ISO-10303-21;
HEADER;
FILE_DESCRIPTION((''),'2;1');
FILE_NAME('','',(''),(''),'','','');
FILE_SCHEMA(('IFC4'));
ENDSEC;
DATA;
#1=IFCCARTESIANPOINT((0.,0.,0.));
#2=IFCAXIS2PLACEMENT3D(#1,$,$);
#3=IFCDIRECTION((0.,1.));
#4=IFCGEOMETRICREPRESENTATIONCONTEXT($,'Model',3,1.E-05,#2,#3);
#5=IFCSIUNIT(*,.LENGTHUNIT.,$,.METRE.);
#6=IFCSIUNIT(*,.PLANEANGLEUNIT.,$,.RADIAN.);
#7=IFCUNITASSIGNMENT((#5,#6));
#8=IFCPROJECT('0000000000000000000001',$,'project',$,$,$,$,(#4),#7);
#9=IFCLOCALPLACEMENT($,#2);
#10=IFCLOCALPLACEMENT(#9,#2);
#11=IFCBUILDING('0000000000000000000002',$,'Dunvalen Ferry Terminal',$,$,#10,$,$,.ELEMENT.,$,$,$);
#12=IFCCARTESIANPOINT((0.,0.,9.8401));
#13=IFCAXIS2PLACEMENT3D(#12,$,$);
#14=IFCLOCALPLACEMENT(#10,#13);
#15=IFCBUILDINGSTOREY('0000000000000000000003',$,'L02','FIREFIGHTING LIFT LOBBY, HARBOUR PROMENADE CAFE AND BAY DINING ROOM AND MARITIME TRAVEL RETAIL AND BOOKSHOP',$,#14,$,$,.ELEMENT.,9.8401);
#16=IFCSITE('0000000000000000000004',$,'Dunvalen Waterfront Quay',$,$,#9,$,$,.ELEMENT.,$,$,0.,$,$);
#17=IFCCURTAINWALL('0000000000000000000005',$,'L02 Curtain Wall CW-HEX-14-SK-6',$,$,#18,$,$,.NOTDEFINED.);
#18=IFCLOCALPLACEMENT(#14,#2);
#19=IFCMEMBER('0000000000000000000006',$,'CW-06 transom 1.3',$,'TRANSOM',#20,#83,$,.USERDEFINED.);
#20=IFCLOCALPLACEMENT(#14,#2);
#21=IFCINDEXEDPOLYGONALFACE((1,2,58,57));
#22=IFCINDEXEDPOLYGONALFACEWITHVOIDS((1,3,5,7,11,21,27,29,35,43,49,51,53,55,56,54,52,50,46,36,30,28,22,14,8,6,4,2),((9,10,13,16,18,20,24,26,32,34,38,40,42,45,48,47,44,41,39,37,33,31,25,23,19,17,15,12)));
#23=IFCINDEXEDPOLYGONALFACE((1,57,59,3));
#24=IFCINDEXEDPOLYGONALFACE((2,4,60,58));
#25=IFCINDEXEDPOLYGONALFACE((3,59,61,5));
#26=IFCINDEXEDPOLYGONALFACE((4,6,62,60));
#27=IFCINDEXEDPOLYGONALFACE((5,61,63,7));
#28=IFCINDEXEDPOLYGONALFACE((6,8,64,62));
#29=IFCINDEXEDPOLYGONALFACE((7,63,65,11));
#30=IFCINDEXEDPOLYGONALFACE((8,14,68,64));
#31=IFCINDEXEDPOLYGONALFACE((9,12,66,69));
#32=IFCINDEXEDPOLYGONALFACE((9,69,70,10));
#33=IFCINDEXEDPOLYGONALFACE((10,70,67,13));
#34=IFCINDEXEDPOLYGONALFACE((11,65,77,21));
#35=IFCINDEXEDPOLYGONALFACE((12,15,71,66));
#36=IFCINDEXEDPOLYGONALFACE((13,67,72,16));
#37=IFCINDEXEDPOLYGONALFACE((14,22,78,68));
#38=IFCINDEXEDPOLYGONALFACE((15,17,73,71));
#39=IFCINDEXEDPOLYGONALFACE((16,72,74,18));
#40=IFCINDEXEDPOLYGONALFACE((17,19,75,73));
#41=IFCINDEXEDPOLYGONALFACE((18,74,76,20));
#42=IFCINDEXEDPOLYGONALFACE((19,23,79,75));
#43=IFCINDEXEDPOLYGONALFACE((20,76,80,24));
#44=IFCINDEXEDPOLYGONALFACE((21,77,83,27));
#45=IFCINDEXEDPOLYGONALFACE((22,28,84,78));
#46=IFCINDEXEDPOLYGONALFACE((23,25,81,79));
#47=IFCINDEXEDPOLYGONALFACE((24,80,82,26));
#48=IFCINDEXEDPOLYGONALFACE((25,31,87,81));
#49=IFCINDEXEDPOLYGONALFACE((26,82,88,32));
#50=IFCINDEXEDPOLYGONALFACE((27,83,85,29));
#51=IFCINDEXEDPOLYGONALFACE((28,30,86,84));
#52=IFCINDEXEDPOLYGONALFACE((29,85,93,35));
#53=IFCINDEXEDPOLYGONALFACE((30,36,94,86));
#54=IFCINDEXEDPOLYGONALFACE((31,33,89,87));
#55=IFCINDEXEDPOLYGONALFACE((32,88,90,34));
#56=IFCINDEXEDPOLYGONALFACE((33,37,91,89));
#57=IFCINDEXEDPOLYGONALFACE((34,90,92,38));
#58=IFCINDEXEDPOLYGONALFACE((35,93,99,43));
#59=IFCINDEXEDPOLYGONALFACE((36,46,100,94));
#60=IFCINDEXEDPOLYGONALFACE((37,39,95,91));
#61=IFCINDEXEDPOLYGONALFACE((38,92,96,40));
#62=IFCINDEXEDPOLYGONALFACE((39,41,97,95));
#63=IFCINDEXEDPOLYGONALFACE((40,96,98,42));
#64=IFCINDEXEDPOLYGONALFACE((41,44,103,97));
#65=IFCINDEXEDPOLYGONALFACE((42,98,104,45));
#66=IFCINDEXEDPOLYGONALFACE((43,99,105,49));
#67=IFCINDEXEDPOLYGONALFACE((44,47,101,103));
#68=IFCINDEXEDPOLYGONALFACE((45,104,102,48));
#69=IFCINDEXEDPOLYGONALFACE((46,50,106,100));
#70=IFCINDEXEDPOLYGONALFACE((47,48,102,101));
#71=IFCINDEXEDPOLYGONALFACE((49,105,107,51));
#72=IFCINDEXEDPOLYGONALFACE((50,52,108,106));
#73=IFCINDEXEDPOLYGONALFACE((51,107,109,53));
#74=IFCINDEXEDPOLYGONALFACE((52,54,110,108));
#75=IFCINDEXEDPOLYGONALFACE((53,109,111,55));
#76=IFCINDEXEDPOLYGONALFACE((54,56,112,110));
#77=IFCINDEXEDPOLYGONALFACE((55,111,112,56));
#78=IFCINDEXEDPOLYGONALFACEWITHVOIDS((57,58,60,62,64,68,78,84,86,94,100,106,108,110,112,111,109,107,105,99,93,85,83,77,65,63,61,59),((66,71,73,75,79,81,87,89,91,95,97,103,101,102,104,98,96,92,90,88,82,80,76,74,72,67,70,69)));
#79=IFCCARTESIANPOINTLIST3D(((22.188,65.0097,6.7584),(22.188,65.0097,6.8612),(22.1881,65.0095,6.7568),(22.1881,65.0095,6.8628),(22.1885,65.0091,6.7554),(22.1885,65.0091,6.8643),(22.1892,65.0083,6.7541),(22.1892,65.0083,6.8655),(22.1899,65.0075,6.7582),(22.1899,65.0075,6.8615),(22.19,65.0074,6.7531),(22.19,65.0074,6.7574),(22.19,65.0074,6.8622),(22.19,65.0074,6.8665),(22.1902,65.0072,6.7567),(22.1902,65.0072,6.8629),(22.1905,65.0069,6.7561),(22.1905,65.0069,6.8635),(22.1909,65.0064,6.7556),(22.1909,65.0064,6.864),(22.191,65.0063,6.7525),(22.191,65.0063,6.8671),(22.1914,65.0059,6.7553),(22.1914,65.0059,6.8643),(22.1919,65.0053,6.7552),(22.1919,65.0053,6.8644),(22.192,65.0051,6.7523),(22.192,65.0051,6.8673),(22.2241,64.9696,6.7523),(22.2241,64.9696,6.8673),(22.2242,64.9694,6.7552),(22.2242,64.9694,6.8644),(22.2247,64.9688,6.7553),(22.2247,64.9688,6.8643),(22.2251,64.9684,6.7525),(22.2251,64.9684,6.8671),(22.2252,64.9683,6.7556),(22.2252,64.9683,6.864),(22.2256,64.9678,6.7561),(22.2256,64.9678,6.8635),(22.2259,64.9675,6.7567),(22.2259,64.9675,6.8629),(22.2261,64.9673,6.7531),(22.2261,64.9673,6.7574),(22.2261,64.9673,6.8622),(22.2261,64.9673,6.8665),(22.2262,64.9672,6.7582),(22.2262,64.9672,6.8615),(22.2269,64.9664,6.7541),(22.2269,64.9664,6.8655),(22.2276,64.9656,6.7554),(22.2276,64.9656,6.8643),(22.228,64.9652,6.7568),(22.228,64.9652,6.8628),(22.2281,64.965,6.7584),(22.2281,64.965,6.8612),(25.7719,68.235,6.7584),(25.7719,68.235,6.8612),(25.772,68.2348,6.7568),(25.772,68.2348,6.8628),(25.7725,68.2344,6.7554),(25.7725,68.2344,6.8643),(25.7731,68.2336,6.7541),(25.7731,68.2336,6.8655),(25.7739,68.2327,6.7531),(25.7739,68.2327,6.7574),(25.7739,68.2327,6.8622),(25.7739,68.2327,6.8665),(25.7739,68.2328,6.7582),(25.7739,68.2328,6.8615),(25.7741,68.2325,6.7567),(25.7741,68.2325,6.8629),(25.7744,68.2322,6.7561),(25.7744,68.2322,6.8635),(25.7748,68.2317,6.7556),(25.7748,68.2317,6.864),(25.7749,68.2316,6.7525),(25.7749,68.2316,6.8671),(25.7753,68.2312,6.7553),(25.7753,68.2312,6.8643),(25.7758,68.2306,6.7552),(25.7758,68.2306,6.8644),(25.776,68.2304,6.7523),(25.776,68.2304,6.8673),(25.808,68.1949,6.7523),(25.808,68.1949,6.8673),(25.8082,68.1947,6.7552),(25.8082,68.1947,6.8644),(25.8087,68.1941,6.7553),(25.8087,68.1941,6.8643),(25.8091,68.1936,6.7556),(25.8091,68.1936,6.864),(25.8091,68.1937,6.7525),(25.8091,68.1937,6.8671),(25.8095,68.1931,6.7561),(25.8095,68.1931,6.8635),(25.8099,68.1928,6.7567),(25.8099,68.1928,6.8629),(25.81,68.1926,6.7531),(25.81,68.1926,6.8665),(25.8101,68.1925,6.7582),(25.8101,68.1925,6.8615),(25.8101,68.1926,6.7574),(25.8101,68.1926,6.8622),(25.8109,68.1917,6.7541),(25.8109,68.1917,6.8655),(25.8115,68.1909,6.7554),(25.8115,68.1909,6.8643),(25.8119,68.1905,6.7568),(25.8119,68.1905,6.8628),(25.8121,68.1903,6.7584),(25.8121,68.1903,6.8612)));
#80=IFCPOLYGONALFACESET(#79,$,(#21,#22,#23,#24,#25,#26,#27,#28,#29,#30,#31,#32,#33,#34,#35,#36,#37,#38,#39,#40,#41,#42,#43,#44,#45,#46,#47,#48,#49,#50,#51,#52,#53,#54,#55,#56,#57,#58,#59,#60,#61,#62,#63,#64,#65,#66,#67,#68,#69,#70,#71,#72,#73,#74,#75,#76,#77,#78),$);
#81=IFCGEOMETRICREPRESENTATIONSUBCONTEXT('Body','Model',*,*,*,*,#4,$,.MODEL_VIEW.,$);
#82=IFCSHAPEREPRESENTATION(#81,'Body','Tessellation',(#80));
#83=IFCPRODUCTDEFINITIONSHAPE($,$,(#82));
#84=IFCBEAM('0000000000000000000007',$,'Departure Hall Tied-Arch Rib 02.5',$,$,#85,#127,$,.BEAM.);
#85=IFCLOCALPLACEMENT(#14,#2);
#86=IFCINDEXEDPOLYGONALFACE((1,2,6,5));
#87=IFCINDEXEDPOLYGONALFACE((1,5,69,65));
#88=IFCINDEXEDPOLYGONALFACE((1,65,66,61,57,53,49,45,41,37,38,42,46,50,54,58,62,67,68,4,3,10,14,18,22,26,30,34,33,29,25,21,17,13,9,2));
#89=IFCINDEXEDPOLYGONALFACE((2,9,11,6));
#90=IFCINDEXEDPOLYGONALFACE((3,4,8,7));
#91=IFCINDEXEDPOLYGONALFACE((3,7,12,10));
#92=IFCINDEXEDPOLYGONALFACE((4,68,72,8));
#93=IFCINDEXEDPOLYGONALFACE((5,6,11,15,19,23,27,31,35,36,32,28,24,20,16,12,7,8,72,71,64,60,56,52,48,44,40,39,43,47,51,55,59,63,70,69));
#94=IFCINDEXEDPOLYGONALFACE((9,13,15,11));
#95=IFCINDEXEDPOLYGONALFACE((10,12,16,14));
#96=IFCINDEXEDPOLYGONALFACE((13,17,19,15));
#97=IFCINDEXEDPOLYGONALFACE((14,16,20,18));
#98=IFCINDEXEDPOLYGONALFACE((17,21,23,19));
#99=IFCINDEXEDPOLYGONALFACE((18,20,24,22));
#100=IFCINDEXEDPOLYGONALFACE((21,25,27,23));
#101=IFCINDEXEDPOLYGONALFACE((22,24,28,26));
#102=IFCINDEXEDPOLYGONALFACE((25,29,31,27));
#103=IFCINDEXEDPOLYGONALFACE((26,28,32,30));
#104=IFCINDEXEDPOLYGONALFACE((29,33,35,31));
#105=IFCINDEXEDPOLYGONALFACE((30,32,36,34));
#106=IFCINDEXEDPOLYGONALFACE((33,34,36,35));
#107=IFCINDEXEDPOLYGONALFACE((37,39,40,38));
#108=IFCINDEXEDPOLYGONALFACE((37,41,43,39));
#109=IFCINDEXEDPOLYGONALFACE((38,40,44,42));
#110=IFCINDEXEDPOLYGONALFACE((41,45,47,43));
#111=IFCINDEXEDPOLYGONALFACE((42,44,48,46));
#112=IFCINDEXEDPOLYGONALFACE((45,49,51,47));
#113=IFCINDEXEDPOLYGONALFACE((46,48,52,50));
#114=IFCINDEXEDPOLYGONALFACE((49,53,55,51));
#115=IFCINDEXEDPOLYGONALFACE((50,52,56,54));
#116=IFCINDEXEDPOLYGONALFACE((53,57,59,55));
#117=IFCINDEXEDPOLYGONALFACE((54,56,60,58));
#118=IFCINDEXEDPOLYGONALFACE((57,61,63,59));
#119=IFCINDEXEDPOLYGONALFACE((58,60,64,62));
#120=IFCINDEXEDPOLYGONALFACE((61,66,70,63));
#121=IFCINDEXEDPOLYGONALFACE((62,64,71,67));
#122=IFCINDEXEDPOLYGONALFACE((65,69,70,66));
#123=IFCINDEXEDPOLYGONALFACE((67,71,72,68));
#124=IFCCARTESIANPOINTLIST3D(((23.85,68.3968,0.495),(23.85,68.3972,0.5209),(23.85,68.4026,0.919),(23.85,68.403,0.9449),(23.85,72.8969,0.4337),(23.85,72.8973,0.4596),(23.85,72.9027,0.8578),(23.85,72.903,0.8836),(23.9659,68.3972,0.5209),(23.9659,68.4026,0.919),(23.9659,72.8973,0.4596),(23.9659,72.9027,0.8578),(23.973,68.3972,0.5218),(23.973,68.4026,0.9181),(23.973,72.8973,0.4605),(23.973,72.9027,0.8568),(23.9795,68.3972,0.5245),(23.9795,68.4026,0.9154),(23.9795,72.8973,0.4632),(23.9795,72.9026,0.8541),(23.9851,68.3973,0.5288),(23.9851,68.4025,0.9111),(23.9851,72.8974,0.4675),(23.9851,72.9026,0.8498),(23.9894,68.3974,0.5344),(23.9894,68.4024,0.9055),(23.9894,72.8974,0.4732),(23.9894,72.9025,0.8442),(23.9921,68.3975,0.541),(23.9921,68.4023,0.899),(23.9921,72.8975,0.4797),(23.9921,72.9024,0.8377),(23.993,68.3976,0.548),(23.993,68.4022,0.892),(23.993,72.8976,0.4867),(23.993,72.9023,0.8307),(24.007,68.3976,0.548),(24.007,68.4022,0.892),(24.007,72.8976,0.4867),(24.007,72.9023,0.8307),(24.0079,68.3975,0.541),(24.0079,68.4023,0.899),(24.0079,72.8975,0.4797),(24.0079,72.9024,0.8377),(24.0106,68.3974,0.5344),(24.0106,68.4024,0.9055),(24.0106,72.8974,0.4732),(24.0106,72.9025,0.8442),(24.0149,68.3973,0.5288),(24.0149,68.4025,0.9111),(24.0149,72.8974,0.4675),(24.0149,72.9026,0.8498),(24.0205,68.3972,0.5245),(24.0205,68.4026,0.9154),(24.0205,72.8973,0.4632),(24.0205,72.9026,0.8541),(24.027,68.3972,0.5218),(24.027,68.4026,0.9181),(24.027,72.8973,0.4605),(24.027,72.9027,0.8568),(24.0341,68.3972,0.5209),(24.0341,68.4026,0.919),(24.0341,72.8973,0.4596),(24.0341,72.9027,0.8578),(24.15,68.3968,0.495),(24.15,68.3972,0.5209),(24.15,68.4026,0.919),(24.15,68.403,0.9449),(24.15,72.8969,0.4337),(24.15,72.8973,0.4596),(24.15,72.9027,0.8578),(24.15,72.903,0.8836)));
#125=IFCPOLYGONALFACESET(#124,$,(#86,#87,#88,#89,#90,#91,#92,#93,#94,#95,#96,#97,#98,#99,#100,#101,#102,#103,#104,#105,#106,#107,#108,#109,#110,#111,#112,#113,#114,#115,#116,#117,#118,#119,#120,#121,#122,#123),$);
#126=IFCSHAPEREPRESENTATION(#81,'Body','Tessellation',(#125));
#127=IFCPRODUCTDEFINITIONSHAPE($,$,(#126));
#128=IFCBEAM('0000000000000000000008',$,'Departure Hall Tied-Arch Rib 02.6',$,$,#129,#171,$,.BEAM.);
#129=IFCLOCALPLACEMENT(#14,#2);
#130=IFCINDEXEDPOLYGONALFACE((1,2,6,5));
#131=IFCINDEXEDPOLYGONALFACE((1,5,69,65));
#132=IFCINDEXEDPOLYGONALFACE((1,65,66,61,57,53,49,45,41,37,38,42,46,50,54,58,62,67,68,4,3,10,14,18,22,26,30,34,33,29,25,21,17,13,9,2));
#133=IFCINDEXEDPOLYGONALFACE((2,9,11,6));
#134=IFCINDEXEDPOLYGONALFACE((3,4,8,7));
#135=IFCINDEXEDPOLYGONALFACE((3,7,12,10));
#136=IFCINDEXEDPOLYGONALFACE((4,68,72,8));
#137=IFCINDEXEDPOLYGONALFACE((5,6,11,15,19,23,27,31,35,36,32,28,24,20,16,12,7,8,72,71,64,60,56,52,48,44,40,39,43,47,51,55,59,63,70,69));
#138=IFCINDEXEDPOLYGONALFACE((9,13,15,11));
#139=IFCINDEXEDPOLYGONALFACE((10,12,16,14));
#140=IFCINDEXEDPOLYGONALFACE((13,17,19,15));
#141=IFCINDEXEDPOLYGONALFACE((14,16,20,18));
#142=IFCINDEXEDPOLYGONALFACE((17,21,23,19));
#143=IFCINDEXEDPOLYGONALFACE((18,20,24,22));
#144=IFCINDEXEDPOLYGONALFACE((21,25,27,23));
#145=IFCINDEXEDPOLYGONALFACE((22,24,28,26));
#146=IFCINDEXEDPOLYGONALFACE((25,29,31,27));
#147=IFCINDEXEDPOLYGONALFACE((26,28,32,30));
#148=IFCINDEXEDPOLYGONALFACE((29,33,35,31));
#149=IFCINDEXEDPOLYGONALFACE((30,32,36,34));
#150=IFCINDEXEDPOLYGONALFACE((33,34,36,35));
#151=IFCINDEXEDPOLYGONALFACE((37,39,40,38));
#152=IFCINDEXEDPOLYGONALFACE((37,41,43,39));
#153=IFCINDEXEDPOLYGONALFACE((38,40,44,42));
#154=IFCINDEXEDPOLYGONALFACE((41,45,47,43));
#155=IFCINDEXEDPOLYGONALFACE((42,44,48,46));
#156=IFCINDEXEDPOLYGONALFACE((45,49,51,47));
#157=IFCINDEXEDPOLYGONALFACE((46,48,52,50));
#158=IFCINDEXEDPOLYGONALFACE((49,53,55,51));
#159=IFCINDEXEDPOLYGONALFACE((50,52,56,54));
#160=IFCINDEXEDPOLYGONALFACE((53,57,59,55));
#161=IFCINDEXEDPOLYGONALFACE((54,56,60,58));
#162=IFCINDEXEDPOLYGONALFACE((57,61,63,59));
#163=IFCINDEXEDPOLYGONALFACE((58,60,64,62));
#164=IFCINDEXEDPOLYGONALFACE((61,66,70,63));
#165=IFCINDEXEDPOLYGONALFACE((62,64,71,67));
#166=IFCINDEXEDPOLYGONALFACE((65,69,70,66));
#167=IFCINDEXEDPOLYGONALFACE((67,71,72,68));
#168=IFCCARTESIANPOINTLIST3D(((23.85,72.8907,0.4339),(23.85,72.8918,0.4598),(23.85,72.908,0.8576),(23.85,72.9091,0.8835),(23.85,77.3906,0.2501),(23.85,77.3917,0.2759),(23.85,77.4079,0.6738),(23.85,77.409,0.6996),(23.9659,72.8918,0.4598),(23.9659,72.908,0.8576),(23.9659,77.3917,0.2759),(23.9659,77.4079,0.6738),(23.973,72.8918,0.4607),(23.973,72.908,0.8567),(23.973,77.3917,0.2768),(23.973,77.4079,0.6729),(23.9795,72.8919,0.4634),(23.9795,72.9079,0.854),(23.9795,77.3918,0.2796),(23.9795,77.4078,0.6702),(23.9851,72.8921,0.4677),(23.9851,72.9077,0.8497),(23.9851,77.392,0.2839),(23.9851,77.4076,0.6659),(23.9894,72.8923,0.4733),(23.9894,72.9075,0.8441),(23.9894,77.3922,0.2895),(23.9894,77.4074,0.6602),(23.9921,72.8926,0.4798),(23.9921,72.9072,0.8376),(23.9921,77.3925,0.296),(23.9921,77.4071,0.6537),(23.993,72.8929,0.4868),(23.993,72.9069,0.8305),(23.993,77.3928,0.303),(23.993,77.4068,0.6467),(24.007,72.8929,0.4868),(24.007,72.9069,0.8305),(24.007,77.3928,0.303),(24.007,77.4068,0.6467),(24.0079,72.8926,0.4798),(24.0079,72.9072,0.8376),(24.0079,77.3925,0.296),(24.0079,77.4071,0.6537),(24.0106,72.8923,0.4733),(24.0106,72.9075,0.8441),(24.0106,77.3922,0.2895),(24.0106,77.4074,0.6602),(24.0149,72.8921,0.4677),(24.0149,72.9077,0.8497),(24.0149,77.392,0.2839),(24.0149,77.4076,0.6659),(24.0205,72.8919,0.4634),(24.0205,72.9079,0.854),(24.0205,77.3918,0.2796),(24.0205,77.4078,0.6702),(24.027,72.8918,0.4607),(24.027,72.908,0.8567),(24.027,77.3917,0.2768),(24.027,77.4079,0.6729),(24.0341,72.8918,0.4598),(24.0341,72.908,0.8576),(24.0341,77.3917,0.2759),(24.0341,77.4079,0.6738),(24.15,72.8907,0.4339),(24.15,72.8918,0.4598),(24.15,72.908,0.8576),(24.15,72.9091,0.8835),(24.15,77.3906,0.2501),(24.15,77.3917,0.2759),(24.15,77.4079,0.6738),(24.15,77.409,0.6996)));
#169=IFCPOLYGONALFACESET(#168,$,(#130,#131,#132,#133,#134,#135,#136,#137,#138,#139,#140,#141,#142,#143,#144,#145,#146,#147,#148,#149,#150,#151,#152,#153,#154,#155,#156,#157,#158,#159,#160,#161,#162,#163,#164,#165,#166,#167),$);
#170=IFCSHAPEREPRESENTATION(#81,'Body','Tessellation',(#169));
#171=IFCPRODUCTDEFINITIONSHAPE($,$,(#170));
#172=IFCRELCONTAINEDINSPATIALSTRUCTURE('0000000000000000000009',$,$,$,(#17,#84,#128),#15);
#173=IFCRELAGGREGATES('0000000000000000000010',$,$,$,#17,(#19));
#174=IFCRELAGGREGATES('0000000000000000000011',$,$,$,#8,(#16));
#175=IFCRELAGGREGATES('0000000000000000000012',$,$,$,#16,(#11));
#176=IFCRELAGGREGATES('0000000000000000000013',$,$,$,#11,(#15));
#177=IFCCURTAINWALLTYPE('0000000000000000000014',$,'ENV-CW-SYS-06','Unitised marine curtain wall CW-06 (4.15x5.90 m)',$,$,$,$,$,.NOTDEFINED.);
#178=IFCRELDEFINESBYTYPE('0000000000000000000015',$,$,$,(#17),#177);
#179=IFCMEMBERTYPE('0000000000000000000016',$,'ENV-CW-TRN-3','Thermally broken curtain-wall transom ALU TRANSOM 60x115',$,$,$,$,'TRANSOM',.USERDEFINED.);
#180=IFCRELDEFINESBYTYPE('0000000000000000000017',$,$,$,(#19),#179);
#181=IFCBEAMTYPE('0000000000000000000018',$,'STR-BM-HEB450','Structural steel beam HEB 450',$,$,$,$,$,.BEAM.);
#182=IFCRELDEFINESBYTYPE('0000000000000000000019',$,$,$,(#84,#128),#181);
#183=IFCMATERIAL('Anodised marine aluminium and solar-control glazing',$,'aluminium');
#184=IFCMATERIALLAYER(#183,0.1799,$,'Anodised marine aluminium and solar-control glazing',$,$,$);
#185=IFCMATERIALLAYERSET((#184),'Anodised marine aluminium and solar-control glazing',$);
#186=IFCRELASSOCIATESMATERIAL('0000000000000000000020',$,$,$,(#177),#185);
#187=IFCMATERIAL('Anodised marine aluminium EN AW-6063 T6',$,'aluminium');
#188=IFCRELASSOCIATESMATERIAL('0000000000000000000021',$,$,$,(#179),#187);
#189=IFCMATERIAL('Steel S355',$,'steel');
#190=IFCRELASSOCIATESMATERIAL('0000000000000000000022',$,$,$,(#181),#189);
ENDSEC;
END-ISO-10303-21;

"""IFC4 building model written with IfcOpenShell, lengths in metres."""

from ifc_helpers import new_model, si_unit, direction, frame, origin, origin_2d, place, context, subcontext, project, spatial, hollow_rectangle, i_section, extrude, material, layer, layer_set, material_profile, profile_set, type_object, element, aggregate, save


model = new_model("IFC4")

# Units and contexts
model_context = context("Model", 3, precision=1e-05, world=origin(), true_north=direction((0.0, 1.0)))
body_context = subcontext(model_context, "Body", "Model", "MODEL_VIEW")
ifc_project = project(units=[si_unit("LENGTHUNIT", "METRE"), si_unit("PLANEANGLEUNIT", "RADIAN")], contexts=[model_context])

# Site, building, storey
site_placement = place(None, origin())
site = spatial("IfcSite", under=ifc_project, at=site_placement, Name="Dunvalen Waterfront Quay", CompositionType="ELEMENT", RefElevation=0.0)
building_placement = place(site_placement, origin())
building = spatial("IfcBuilding", under=site, at=building_placement, Name="Dunvalen Ferry Terminal", CompositionType="ELEMENT")
storey_placement = place(building_placement, frame((0.0, 0.0, 9.8401)))
storey = spatial("IfcBuildingStorey", under=building, at=storey_placement, Name="L02", Description="FIREFIGHTING LIFT LOBBY, HARBOUR PROMENADE CAFE AND BAY DINING ROOM AND MARITIME TRAVEL RETAIL AND BOOKSHOP", CompositionType="ELEMENT", Elevation=9.8401)

# Curtain wall, member
ifc_material_1 = material(Name="Anodised marine aluminium and solar-control glazing", Category="aluminium")
ifc_layer_1 = layer(ifc_material_1, 0.1799, Name="Anodised marine aluminium and solar-control glazing")
ifc_layer_set_1 = layer_set([ifc_layer_1], Name="Anodised marine aluminium and solar-control glazing")
curtain_wall_type = type_object("IfcCurtainWallType", Name="ENV-CW-SYS-06", Description="Unitised marine curtain wall CW-06 (4.15x5.90 m)", PredefinedType="NOTDEFINED", material=ifc_layer_set_1)
curtain_wall_placement = place(storey_placement, origin())
curtain_wall = element("IfcCurtainWall", 1, at=curtain_wall_placement, inside=storey, type_object=curtain_wall_type, Name="L02 Curtain Wall CW-HEX-14-SK-6", PredefinedType="NOTDEFINED")
ifc_material_2 = material(Name="Anodised marine aluminium EN AW-6063 T6", Category="aluminium")
ifc_material_profile_1 = material_profile(ifc_material_2, hollow_rectangle(XDim=0.0601, YDim=0.115, WallThickness=0.0029, InnerFilletRadius=0.0029, OuterFilletRadius=0.0061, at=origin_2d()), Name="Anodised marine aluminium EN AW-6063 T6")
ifc_profile_set_1 = profile_set([ifc_material_profile_1], Name="Anodised marine aluminium EN AW-6063 T6")
member_type_1 = type_object("IfcMemberType", Name="ENV-CW-TRN-3", Description="Thermally broken curtain-wall transom ALU TRANSOM 60x115", ElementType="TRANSOM", PredefinedType="USERDEFINED", material=ifc_profile_set_1)
member_1_placement = place(storey_placement, frame((25.792, 68.2126, 6.8098), z_axis=(-0.743319, -0.668937, 0.0), x_axis=(0.668937, -0.743319, 0.0)))
member_1 = element("IfcMember", 2, at=member_1_placement, type_object=member_type_1, Name="CW-06 transom 1.3", ObjectType="TRANSOM", PredefinedType="USERDEFINED", context=body_context, shape_type="SweptSolid", body=[
    extrude(hollow_rectangle(XDim=0.0601, YDim=0.115, WallThickness=0.0029, InnerFilletRadius=0.0029, OuterFilletRadius=0.0061, at=origin_2d()), origin(), (0.0, 0.0, 1.0), 4.8215),
])
aggregate(curtain_wall, [member_1])

# Beams
ifc_material_3 = material(Name="Steel S355", Category="steel")
ifc_material_profile_2 = material_profile(ifc_material_3, i_section(OverallWidth=0.3, OverallDepth=0.45, WebThickness=0.0139, FlangeThickness=0.0259, FilletRadius=0.0271, at=origin_2d()), Name="Steel S355")
ifc_profile_set_2 = profile_set([ifc_material_profile_2], Name="Steel S355")
beam_type_1 = type_object("IfcBeamType", Name="STR-BM-HEB450", Description="Structural steel beam HEB 450", PredefinedType="BEAM", material=ifc_profile_set_2)
beam_1_placement = place(storey_placement, frame((24.0, 68.3999, 0.72), z_axis=(0.0, 0.999907, -0.013616), x_axis=(-1.0, 0.0, 0.0)))
element("IfcBeam", 3, at=beam_1_placement, inside=storey, type_object=beam_type_1, Name="Departure Hall Tied-Arch Rib 02.5", PredefinedType="BEAM", context=body_context, shape_type="SweptSolid", body=[
    extrude(i_section(OverallWidth=0.3, OverallDepth=0.45, WebThickness=0.0139, FlangeThickness=0.0259, FilletRadius=0.0271, at=origin_2d()), origin(), (0.0, 0.0, 1.0), 4.5005),
])
beam_2_placement = place(storey_placement, frame((24.0, 72.8999, 0.6587), z_axis=(0.0, 0.999167, -0.040819), x_axis=(-1.0, 0.0, 0.0)))
element("IfcBeam", 4, at=beam_2_placement, inside=storey, type_object=beam_type_1, Name="Departure Hall Tied-Arch Rib 02.6", PredefinedType="BEAM", context=body_context, shape_type="SweptSolid", body=[
    extrude(i_section(OverallWidth=0.3, OverallDepth=0.45, WebThickness=0.0139, FlangeThickness=0.0259, FilletRadius=0.0271, at=origin_2d()), origin(), (0.0, 0.0, 1.0), 4.5037),
])

save(model, "model.ifc")
